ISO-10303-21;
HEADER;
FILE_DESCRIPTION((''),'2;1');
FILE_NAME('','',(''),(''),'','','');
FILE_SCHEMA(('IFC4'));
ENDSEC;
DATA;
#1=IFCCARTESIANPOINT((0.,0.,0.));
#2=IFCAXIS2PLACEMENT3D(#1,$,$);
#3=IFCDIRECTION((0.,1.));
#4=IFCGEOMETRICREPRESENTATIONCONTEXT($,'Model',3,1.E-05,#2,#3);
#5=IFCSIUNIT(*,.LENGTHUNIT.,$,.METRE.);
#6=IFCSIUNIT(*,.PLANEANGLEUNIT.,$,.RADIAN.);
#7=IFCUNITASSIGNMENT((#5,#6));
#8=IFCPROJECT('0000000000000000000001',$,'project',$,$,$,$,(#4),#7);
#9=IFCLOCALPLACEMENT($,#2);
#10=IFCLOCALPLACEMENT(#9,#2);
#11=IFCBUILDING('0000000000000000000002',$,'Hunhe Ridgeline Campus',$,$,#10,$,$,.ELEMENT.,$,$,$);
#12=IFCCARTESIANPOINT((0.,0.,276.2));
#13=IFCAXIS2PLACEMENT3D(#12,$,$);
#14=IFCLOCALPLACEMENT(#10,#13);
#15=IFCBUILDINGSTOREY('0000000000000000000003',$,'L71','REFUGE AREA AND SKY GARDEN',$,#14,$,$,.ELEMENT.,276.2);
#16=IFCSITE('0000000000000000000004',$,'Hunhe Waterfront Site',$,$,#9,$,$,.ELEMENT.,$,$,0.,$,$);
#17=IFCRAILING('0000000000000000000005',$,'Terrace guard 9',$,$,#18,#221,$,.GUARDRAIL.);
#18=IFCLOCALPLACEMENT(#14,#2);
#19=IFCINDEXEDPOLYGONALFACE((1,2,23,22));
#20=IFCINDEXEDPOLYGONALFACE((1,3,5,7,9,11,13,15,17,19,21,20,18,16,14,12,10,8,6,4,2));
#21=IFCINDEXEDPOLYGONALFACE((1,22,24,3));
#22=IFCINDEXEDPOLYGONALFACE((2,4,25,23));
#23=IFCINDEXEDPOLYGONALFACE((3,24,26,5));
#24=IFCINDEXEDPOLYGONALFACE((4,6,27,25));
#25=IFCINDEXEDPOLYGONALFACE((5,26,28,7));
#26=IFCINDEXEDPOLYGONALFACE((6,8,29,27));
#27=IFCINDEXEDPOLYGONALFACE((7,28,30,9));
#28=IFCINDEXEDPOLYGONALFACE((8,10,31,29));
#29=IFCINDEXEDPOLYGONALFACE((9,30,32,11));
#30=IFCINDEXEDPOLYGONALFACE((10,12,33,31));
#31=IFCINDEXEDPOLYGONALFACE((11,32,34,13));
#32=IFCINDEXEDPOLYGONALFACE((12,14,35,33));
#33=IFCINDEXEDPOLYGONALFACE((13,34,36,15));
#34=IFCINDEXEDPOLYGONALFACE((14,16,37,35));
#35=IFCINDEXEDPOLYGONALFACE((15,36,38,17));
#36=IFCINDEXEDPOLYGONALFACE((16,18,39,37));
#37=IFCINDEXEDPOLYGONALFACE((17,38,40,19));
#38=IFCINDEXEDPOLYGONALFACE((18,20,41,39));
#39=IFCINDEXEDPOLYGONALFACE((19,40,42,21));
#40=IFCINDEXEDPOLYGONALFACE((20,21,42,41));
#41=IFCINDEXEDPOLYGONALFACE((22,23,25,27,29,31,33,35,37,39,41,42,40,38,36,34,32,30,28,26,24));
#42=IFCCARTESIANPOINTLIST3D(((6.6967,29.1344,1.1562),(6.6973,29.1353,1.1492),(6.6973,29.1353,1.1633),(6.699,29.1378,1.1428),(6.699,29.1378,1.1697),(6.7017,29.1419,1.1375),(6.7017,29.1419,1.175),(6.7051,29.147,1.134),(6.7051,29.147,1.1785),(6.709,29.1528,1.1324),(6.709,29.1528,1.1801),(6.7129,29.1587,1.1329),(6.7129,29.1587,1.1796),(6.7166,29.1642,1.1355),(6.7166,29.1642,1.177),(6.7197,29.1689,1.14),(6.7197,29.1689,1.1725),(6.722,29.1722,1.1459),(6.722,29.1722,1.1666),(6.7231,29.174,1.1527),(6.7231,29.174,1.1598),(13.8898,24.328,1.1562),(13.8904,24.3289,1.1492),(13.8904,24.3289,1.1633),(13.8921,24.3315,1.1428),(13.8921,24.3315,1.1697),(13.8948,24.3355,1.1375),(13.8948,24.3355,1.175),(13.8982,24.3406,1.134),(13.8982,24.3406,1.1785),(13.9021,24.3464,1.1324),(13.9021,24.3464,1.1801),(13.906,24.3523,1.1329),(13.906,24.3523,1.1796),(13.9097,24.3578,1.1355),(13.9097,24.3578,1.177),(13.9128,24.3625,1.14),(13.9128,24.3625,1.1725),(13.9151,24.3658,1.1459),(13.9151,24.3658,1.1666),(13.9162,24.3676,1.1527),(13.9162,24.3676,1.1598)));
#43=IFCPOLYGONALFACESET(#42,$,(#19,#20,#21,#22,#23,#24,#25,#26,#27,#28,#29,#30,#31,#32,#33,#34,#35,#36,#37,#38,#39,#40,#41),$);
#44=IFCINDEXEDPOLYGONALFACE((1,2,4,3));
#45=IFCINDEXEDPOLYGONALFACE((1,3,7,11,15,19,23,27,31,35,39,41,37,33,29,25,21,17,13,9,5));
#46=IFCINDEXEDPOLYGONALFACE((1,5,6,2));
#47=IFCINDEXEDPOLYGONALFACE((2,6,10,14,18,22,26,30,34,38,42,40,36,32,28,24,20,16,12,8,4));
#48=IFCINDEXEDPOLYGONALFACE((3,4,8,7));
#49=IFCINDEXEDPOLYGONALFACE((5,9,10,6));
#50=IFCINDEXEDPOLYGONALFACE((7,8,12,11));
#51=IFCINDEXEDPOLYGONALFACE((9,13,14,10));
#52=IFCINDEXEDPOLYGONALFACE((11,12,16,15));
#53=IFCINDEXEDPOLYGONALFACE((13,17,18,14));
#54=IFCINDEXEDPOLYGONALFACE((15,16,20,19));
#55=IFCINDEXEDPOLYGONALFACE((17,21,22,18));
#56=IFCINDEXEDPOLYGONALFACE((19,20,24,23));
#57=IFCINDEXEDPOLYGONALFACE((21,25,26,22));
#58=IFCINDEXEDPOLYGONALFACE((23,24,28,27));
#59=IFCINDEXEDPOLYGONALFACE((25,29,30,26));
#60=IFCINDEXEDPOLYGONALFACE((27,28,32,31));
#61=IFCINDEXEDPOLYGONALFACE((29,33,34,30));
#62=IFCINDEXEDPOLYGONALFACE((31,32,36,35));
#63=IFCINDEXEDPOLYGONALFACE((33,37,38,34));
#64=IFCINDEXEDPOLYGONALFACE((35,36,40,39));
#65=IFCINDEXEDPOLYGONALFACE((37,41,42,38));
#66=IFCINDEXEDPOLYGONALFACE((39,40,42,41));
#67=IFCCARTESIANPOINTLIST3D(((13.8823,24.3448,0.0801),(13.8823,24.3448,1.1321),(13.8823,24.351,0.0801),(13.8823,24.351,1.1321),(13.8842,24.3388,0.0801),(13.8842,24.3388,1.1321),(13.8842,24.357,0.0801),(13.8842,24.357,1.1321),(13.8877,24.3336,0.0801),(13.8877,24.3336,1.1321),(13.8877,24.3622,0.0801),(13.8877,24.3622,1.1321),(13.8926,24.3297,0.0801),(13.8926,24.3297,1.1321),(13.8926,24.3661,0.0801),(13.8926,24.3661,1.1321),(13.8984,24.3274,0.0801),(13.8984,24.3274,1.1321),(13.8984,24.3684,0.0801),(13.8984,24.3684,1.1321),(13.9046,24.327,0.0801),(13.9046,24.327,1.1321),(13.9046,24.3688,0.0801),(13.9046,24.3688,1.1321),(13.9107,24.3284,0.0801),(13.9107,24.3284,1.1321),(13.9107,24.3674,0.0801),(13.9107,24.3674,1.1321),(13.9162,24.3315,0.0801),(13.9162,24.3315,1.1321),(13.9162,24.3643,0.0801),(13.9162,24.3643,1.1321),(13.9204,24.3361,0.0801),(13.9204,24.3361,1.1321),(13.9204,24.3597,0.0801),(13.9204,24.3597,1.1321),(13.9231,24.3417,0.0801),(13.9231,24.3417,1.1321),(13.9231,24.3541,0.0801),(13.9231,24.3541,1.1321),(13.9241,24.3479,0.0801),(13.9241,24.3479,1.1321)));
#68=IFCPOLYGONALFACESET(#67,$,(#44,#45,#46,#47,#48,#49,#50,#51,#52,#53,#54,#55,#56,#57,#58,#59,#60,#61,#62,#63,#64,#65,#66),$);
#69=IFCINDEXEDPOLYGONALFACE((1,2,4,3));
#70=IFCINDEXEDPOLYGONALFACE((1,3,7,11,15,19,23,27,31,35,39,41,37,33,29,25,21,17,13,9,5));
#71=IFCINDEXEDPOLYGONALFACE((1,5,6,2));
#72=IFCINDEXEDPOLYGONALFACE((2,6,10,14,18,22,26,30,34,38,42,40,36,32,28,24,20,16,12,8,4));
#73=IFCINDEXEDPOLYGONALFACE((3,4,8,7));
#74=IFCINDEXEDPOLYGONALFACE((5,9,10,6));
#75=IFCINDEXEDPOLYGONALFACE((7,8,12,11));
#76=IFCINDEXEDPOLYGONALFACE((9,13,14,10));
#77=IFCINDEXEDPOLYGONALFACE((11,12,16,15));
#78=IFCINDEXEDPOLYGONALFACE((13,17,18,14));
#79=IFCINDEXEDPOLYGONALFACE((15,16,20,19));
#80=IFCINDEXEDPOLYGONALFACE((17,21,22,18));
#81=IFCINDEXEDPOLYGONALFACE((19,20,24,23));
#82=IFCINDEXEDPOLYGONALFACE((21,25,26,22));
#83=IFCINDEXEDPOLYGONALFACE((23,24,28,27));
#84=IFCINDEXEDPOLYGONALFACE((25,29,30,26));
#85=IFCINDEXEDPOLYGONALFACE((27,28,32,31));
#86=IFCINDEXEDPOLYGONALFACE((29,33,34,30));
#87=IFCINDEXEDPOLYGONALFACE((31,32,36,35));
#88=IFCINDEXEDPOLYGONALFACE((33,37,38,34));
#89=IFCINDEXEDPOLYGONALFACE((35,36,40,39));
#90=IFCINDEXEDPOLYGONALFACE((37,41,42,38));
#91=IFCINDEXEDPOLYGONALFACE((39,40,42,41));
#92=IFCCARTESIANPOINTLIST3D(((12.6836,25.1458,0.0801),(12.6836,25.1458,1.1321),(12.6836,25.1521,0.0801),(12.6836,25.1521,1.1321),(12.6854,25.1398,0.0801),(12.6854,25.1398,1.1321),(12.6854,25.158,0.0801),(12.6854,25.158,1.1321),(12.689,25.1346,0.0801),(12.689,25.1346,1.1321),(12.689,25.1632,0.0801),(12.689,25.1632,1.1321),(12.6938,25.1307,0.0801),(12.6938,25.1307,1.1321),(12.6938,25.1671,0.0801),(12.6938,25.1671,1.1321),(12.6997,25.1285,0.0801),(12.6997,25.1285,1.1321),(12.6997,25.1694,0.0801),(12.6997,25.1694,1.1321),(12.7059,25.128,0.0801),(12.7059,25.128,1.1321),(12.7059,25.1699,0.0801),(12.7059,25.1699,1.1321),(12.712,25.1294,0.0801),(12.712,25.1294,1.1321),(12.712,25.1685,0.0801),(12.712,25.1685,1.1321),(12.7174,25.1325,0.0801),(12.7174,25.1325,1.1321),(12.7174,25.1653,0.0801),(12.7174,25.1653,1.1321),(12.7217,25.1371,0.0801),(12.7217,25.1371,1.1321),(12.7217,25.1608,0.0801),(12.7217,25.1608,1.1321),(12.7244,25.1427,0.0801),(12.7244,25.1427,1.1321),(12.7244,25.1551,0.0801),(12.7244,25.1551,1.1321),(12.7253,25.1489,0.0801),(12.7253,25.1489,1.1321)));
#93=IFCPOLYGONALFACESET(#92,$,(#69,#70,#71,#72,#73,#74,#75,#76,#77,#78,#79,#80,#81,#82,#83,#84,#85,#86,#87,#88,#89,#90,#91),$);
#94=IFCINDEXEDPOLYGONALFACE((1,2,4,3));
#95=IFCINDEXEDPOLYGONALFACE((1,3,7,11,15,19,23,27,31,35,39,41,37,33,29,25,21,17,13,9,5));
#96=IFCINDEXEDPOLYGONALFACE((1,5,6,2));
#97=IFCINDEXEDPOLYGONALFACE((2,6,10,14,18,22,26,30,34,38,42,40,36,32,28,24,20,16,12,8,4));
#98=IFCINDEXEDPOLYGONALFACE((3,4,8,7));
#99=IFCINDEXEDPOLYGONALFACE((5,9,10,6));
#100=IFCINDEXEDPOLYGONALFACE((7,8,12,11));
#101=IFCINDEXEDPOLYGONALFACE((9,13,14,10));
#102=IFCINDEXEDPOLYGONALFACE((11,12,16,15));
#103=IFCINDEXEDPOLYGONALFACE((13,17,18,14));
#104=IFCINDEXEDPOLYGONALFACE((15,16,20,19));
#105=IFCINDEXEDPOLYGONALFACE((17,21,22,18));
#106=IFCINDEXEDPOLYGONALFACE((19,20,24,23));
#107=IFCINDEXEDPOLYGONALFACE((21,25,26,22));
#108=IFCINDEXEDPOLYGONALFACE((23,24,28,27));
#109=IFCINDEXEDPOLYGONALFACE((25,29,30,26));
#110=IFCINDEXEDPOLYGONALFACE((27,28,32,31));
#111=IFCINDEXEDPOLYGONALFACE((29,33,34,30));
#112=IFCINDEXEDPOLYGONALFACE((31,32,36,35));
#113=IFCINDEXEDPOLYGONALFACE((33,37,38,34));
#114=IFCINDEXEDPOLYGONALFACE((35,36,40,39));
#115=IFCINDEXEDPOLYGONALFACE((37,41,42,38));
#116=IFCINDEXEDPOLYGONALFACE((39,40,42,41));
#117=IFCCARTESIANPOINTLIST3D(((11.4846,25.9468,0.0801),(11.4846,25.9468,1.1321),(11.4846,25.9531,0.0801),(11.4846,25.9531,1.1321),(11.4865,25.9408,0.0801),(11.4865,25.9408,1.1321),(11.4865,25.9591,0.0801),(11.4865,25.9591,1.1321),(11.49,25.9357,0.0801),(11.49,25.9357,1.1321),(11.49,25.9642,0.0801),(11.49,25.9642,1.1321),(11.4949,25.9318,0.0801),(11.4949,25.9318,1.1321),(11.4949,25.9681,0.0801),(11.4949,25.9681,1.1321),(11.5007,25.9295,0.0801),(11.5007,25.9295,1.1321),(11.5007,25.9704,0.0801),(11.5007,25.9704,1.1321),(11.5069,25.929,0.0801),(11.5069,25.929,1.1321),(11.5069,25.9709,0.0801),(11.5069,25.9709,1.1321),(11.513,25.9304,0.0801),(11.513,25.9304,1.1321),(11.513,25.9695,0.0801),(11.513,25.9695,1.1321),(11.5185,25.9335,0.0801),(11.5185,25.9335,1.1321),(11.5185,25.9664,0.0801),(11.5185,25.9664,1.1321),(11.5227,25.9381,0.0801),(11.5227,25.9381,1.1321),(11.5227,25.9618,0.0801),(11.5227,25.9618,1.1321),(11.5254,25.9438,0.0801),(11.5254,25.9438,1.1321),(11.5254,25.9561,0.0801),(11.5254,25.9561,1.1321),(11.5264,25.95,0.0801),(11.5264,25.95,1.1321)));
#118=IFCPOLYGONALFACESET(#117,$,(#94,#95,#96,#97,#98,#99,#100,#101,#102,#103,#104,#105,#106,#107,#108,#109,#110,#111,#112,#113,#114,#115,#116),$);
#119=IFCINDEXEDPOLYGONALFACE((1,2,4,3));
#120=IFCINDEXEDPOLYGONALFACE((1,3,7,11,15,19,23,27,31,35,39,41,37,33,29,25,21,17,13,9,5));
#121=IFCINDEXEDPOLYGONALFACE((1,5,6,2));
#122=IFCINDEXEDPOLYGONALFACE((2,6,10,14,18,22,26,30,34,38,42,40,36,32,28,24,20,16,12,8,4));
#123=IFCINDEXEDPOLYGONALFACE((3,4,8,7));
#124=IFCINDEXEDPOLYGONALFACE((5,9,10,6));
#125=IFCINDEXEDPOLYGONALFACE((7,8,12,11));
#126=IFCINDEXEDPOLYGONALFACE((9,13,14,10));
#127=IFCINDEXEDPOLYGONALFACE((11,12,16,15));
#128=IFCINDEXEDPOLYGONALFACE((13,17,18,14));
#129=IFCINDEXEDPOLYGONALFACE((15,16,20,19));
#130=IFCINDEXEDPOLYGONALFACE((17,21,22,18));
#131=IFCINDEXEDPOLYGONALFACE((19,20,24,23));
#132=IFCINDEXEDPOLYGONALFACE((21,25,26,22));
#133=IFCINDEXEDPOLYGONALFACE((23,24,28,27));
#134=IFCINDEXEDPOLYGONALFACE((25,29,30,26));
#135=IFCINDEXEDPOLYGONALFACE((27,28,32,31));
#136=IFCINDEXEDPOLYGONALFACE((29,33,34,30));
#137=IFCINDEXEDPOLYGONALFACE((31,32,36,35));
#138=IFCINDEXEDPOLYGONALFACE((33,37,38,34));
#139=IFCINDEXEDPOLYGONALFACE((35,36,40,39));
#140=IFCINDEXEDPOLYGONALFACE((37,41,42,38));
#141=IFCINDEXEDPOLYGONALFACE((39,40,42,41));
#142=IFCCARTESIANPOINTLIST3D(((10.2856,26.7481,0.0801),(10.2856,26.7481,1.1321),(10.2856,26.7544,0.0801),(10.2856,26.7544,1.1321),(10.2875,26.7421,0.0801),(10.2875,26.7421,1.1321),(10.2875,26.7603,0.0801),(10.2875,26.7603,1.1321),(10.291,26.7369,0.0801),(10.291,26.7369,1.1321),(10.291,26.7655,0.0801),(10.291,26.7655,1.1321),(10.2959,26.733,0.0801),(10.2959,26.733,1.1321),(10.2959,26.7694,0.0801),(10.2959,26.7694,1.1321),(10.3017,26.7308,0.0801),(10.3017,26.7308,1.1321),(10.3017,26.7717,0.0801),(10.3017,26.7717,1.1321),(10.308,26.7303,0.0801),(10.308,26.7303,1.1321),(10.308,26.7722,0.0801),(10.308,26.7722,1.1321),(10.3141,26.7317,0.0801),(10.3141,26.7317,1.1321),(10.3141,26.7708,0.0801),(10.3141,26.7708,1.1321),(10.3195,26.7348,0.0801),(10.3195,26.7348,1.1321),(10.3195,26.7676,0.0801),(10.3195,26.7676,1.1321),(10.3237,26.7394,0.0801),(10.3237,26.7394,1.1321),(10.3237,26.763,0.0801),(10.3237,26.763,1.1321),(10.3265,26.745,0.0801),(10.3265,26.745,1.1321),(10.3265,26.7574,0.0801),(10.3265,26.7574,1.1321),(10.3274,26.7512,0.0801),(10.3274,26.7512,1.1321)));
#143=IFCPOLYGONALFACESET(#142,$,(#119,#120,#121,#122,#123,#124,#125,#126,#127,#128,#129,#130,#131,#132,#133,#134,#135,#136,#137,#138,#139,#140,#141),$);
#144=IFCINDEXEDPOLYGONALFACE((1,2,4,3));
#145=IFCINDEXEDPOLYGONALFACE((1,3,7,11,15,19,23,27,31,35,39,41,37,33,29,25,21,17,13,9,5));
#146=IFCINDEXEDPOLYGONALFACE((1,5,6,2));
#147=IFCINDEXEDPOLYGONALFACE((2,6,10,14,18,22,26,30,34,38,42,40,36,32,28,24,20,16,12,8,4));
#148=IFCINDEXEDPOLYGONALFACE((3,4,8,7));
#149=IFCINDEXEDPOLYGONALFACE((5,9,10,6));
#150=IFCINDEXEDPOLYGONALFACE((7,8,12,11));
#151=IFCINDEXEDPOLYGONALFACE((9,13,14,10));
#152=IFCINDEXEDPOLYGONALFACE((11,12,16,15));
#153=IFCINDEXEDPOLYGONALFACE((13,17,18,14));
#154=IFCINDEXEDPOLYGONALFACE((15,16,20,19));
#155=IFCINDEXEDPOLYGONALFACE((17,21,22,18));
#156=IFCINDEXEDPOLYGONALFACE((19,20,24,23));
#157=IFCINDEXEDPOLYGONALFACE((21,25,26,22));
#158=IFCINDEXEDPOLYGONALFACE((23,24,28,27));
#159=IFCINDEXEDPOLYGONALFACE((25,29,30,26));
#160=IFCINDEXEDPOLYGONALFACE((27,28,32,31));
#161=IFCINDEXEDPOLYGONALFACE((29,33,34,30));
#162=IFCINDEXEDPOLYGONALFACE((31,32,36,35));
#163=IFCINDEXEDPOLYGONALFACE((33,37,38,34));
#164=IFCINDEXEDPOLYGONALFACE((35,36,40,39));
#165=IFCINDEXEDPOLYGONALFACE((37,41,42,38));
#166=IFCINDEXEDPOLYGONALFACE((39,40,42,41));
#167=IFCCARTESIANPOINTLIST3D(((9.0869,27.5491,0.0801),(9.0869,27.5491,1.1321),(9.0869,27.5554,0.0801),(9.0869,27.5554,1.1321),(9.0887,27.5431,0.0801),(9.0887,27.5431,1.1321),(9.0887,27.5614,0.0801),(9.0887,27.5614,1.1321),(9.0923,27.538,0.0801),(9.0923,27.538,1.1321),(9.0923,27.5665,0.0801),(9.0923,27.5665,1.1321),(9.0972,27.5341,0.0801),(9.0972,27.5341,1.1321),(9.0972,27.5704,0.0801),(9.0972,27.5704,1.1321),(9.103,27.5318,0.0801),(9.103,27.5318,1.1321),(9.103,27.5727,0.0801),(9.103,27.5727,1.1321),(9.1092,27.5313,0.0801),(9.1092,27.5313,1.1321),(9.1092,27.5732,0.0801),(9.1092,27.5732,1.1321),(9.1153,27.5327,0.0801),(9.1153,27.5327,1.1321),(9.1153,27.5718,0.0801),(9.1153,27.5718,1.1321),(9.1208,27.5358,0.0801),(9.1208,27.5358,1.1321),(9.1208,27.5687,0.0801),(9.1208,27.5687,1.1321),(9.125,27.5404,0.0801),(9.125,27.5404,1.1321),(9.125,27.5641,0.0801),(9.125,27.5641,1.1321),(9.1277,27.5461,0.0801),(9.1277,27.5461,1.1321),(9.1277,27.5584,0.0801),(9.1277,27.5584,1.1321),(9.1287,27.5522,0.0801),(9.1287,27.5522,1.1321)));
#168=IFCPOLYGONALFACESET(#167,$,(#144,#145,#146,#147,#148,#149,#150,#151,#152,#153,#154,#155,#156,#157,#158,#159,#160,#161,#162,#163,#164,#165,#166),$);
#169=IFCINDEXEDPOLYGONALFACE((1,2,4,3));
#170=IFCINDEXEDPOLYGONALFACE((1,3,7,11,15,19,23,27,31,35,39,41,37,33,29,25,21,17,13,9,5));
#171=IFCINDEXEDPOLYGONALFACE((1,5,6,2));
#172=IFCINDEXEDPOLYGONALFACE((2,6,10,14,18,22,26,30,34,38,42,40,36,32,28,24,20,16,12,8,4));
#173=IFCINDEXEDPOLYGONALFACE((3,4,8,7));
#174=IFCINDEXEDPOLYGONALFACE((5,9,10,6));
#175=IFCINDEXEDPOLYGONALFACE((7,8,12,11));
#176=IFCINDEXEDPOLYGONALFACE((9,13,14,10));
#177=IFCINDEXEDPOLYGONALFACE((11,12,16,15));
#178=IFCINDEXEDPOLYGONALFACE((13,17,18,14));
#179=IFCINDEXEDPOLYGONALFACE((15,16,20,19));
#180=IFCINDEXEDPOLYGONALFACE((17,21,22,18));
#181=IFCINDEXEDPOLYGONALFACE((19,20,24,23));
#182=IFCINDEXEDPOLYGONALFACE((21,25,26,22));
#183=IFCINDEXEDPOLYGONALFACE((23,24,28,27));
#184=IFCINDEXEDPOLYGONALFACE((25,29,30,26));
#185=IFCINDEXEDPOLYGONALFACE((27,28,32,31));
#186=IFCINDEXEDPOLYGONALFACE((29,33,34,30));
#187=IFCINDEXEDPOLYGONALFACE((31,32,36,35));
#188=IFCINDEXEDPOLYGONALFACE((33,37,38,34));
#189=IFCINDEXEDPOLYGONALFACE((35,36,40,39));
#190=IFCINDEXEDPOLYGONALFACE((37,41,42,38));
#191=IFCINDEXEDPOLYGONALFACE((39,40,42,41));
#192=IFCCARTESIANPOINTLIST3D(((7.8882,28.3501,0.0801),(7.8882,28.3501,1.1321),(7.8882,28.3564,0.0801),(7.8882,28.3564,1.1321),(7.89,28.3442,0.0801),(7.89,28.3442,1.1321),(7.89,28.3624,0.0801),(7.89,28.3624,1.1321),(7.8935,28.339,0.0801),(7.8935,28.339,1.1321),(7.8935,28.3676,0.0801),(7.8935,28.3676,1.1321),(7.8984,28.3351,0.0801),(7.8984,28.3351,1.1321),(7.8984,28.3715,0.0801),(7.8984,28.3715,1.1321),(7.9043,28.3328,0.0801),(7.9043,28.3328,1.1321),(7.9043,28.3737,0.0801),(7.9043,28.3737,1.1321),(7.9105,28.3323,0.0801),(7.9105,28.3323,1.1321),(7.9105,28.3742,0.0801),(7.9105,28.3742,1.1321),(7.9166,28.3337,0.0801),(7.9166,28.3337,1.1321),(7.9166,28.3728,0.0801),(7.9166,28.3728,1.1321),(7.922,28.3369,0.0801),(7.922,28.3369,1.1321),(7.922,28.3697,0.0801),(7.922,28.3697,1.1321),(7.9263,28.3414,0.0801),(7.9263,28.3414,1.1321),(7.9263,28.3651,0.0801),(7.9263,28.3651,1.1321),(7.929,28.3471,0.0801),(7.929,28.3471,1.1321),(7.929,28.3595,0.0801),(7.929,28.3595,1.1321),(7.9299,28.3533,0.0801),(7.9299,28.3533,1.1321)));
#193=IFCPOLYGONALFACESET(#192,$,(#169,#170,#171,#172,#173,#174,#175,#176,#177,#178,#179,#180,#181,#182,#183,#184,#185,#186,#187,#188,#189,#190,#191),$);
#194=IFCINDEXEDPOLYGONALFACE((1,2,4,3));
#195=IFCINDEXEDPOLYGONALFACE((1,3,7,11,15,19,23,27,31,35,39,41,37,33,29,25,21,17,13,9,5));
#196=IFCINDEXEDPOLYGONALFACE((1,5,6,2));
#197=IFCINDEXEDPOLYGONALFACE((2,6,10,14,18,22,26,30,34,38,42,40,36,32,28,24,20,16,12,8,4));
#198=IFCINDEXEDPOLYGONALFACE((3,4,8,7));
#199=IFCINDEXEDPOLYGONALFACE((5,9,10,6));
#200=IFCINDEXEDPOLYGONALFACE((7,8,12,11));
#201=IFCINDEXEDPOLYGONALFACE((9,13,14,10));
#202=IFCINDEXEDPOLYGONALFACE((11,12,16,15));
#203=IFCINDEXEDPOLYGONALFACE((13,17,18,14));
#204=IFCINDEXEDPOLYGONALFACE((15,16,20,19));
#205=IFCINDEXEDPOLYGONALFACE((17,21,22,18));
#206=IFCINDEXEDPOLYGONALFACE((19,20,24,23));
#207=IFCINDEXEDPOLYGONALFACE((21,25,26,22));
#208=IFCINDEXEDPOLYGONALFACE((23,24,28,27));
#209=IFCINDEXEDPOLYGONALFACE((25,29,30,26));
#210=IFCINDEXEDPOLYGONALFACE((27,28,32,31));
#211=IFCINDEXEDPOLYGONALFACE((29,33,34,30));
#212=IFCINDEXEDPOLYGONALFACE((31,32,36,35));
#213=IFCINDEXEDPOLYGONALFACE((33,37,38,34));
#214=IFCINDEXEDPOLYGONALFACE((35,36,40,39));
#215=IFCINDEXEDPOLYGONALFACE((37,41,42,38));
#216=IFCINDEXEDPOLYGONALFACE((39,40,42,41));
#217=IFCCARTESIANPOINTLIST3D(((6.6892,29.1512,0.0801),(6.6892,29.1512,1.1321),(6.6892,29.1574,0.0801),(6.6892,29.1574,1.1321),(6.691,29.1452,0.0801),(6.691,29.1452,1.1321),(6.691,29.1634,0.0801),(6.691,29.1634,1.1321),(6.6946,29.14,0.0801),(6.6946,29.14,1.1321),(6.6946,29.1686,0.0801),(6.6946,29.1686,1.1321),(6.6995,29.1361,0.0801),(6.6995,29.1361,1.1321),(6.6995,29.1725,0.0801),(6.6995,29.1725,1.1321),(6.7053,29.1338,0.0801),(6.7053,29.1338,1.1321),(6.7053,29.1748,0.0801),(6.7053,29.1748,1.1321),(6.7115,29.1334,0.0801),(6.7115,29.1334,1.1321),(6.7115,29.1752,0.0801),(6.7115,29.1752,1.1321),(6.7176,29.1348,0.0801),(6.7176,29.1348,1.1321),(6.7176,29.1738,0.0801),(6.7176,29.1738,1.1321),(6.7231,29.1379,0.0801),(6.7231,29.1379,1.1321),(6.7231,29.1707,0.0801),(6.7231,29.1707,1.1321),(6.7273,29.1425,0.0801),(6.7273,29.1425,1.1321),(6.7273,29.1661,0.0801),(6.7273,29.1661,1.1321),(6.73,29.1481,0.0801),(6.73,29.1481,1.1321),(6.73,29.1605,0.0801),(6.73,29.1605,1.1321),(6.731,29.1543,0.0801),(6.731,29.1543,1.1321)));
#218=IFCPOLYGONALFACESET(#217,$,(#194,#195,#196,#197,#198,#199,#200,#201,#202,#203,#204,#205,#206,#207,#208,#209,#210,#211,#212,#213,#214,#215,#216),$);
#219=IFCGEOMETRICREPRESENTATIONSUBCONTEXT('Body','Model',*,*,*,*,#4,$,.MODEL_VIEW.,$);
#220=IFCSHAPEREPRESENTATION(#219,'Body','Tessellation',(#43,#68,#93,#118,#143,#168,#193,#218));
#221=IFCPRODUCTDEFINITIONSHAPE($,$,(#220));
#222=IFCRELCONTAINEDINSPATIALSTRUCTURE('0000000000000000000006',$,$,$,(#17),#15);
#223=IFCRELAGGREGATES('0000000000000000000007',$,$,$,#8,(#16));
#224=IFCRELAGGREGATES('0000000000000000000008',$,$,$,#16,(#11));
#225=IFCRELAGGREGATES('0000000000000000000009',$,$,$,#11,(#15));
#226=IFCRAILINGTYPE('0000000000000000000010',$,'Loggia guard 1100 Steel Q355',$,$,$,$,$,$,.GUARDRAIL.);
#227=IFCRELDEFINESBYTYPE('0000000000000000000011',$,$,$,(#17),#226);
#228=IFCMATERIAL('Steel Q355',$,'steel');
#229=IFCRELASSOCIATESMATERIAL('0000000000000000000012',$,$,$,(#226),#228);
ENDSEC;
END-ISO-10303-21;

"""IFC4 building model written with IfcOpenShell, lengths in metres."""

from ifc_helpers import new_model, si_unit, direction, frame, origin, origin_2d, place, context, subcontext, project, spatial, circle, extrude, material, type_object, element, save


model = new_model("IFC4")

# Units and contexts
model_context = context("Model", 3, precision=1e-05, world=origin(), true_north=direction((0.0, 1.0)))
body_context = subcontext(model_context, "Body", "Model", "MODEL_VIEW")
ifc_project = project(units=[si_unit("LENGTHUNIT", "METRE"), si_unit("PLANEANGLEUNIT", "RADIAN")], contexts=[model_context])

# Site, building, storey
site_placement = place(None, origin())
site = spatial("IfcSite", under=ifc_project, at=site_placement, Name="Hunhe Waterfront Site", CompositionType="ELEMENT", RefElevation=0.0)
building_placement = place(site_placement, origin())
building = spatial("IfcBuilding", under=site, at=building_placement, Name="Hunhe Ridgeline Campus", CompositionType="ELEMENT")
storey_placement = place(building_placement, frame((0.0, 0.0, 276.2)))
storey = spatial("IfcBuildingStorey", under=building, at=storey_placement, Name="L71", Description="REFUGE AREA AND SKY GARDEN", CompositionType="ELEMENT", Elevation=276.2)

# Railing
ifc_material_1 = material(Name="Steel Q355", Category="steel")
railing_type = type_object("IfcRailingType", Name="Loggia guard 1100 Steel Q355", PredefinedType="GUARDRAIL", material=ifc_material_1)
railing_1_placement = place(storey_placement, frame((13.9031, 24.3479, 0.0801)))
element("IfcRailing", 1, at=railing_1_placement, inside=storey, type_object=railing_type, Name="Terrace guard 9", PredefinedType="GUARDRAIL", context=body_context, shape_type="SweptSolid", body=[
    extrude(circle(Radius=0.0239, at=origin_2d()), frame((0.0, 0.0, 1.0762), z_axis=(-0.831464, 0.555579, 0.0), x_axis=(-0.555579, -0.831464, 0.0)), (0.0, 0.0, 1.0), 8.6511),
    extrude(circle(Radius=0.021, at=origin_2d()), origin(), (0.0, 0.0, 1.0), 1.052),
    extrude(circle(Radius=0.021, at=origin_2d()), frame((-1.1987, 0.801, 0.0)), (0.0, 0.0, 1.0), 1.052),
    extrude(circle(Radius=0.021, at=origin_2d()), frame((-2.3977, 1.6021, 0.0)), (0.0, 0.0, 1.0), 1.052),
    extrude(circle(Radius=0.021, at=origin_2d()), frame((-3.5967, 2.4033, 0.0)), (0.0, 0.0, 1.0), 1.052),
    extrude(circle(Radius=0.021, at=origin_2d()), frame((-4.7954, 3.2043, 0.0)), (0.0, 0.0, 1.0), 1.052),
    extrude(circle(Radius=0.021, at=origin_2d()), frame((-5.9941, 4.0054, 0.0)), (0.0, 0.0, 1.0), 1.052),
    extrude(circle(Radius=0.021, at=origin_2d()), frame((-7.1931, 4.8064, 0.0)), (0.0, 0.0, 1.0), 1.052),
])

save(model, "model.ifc")
